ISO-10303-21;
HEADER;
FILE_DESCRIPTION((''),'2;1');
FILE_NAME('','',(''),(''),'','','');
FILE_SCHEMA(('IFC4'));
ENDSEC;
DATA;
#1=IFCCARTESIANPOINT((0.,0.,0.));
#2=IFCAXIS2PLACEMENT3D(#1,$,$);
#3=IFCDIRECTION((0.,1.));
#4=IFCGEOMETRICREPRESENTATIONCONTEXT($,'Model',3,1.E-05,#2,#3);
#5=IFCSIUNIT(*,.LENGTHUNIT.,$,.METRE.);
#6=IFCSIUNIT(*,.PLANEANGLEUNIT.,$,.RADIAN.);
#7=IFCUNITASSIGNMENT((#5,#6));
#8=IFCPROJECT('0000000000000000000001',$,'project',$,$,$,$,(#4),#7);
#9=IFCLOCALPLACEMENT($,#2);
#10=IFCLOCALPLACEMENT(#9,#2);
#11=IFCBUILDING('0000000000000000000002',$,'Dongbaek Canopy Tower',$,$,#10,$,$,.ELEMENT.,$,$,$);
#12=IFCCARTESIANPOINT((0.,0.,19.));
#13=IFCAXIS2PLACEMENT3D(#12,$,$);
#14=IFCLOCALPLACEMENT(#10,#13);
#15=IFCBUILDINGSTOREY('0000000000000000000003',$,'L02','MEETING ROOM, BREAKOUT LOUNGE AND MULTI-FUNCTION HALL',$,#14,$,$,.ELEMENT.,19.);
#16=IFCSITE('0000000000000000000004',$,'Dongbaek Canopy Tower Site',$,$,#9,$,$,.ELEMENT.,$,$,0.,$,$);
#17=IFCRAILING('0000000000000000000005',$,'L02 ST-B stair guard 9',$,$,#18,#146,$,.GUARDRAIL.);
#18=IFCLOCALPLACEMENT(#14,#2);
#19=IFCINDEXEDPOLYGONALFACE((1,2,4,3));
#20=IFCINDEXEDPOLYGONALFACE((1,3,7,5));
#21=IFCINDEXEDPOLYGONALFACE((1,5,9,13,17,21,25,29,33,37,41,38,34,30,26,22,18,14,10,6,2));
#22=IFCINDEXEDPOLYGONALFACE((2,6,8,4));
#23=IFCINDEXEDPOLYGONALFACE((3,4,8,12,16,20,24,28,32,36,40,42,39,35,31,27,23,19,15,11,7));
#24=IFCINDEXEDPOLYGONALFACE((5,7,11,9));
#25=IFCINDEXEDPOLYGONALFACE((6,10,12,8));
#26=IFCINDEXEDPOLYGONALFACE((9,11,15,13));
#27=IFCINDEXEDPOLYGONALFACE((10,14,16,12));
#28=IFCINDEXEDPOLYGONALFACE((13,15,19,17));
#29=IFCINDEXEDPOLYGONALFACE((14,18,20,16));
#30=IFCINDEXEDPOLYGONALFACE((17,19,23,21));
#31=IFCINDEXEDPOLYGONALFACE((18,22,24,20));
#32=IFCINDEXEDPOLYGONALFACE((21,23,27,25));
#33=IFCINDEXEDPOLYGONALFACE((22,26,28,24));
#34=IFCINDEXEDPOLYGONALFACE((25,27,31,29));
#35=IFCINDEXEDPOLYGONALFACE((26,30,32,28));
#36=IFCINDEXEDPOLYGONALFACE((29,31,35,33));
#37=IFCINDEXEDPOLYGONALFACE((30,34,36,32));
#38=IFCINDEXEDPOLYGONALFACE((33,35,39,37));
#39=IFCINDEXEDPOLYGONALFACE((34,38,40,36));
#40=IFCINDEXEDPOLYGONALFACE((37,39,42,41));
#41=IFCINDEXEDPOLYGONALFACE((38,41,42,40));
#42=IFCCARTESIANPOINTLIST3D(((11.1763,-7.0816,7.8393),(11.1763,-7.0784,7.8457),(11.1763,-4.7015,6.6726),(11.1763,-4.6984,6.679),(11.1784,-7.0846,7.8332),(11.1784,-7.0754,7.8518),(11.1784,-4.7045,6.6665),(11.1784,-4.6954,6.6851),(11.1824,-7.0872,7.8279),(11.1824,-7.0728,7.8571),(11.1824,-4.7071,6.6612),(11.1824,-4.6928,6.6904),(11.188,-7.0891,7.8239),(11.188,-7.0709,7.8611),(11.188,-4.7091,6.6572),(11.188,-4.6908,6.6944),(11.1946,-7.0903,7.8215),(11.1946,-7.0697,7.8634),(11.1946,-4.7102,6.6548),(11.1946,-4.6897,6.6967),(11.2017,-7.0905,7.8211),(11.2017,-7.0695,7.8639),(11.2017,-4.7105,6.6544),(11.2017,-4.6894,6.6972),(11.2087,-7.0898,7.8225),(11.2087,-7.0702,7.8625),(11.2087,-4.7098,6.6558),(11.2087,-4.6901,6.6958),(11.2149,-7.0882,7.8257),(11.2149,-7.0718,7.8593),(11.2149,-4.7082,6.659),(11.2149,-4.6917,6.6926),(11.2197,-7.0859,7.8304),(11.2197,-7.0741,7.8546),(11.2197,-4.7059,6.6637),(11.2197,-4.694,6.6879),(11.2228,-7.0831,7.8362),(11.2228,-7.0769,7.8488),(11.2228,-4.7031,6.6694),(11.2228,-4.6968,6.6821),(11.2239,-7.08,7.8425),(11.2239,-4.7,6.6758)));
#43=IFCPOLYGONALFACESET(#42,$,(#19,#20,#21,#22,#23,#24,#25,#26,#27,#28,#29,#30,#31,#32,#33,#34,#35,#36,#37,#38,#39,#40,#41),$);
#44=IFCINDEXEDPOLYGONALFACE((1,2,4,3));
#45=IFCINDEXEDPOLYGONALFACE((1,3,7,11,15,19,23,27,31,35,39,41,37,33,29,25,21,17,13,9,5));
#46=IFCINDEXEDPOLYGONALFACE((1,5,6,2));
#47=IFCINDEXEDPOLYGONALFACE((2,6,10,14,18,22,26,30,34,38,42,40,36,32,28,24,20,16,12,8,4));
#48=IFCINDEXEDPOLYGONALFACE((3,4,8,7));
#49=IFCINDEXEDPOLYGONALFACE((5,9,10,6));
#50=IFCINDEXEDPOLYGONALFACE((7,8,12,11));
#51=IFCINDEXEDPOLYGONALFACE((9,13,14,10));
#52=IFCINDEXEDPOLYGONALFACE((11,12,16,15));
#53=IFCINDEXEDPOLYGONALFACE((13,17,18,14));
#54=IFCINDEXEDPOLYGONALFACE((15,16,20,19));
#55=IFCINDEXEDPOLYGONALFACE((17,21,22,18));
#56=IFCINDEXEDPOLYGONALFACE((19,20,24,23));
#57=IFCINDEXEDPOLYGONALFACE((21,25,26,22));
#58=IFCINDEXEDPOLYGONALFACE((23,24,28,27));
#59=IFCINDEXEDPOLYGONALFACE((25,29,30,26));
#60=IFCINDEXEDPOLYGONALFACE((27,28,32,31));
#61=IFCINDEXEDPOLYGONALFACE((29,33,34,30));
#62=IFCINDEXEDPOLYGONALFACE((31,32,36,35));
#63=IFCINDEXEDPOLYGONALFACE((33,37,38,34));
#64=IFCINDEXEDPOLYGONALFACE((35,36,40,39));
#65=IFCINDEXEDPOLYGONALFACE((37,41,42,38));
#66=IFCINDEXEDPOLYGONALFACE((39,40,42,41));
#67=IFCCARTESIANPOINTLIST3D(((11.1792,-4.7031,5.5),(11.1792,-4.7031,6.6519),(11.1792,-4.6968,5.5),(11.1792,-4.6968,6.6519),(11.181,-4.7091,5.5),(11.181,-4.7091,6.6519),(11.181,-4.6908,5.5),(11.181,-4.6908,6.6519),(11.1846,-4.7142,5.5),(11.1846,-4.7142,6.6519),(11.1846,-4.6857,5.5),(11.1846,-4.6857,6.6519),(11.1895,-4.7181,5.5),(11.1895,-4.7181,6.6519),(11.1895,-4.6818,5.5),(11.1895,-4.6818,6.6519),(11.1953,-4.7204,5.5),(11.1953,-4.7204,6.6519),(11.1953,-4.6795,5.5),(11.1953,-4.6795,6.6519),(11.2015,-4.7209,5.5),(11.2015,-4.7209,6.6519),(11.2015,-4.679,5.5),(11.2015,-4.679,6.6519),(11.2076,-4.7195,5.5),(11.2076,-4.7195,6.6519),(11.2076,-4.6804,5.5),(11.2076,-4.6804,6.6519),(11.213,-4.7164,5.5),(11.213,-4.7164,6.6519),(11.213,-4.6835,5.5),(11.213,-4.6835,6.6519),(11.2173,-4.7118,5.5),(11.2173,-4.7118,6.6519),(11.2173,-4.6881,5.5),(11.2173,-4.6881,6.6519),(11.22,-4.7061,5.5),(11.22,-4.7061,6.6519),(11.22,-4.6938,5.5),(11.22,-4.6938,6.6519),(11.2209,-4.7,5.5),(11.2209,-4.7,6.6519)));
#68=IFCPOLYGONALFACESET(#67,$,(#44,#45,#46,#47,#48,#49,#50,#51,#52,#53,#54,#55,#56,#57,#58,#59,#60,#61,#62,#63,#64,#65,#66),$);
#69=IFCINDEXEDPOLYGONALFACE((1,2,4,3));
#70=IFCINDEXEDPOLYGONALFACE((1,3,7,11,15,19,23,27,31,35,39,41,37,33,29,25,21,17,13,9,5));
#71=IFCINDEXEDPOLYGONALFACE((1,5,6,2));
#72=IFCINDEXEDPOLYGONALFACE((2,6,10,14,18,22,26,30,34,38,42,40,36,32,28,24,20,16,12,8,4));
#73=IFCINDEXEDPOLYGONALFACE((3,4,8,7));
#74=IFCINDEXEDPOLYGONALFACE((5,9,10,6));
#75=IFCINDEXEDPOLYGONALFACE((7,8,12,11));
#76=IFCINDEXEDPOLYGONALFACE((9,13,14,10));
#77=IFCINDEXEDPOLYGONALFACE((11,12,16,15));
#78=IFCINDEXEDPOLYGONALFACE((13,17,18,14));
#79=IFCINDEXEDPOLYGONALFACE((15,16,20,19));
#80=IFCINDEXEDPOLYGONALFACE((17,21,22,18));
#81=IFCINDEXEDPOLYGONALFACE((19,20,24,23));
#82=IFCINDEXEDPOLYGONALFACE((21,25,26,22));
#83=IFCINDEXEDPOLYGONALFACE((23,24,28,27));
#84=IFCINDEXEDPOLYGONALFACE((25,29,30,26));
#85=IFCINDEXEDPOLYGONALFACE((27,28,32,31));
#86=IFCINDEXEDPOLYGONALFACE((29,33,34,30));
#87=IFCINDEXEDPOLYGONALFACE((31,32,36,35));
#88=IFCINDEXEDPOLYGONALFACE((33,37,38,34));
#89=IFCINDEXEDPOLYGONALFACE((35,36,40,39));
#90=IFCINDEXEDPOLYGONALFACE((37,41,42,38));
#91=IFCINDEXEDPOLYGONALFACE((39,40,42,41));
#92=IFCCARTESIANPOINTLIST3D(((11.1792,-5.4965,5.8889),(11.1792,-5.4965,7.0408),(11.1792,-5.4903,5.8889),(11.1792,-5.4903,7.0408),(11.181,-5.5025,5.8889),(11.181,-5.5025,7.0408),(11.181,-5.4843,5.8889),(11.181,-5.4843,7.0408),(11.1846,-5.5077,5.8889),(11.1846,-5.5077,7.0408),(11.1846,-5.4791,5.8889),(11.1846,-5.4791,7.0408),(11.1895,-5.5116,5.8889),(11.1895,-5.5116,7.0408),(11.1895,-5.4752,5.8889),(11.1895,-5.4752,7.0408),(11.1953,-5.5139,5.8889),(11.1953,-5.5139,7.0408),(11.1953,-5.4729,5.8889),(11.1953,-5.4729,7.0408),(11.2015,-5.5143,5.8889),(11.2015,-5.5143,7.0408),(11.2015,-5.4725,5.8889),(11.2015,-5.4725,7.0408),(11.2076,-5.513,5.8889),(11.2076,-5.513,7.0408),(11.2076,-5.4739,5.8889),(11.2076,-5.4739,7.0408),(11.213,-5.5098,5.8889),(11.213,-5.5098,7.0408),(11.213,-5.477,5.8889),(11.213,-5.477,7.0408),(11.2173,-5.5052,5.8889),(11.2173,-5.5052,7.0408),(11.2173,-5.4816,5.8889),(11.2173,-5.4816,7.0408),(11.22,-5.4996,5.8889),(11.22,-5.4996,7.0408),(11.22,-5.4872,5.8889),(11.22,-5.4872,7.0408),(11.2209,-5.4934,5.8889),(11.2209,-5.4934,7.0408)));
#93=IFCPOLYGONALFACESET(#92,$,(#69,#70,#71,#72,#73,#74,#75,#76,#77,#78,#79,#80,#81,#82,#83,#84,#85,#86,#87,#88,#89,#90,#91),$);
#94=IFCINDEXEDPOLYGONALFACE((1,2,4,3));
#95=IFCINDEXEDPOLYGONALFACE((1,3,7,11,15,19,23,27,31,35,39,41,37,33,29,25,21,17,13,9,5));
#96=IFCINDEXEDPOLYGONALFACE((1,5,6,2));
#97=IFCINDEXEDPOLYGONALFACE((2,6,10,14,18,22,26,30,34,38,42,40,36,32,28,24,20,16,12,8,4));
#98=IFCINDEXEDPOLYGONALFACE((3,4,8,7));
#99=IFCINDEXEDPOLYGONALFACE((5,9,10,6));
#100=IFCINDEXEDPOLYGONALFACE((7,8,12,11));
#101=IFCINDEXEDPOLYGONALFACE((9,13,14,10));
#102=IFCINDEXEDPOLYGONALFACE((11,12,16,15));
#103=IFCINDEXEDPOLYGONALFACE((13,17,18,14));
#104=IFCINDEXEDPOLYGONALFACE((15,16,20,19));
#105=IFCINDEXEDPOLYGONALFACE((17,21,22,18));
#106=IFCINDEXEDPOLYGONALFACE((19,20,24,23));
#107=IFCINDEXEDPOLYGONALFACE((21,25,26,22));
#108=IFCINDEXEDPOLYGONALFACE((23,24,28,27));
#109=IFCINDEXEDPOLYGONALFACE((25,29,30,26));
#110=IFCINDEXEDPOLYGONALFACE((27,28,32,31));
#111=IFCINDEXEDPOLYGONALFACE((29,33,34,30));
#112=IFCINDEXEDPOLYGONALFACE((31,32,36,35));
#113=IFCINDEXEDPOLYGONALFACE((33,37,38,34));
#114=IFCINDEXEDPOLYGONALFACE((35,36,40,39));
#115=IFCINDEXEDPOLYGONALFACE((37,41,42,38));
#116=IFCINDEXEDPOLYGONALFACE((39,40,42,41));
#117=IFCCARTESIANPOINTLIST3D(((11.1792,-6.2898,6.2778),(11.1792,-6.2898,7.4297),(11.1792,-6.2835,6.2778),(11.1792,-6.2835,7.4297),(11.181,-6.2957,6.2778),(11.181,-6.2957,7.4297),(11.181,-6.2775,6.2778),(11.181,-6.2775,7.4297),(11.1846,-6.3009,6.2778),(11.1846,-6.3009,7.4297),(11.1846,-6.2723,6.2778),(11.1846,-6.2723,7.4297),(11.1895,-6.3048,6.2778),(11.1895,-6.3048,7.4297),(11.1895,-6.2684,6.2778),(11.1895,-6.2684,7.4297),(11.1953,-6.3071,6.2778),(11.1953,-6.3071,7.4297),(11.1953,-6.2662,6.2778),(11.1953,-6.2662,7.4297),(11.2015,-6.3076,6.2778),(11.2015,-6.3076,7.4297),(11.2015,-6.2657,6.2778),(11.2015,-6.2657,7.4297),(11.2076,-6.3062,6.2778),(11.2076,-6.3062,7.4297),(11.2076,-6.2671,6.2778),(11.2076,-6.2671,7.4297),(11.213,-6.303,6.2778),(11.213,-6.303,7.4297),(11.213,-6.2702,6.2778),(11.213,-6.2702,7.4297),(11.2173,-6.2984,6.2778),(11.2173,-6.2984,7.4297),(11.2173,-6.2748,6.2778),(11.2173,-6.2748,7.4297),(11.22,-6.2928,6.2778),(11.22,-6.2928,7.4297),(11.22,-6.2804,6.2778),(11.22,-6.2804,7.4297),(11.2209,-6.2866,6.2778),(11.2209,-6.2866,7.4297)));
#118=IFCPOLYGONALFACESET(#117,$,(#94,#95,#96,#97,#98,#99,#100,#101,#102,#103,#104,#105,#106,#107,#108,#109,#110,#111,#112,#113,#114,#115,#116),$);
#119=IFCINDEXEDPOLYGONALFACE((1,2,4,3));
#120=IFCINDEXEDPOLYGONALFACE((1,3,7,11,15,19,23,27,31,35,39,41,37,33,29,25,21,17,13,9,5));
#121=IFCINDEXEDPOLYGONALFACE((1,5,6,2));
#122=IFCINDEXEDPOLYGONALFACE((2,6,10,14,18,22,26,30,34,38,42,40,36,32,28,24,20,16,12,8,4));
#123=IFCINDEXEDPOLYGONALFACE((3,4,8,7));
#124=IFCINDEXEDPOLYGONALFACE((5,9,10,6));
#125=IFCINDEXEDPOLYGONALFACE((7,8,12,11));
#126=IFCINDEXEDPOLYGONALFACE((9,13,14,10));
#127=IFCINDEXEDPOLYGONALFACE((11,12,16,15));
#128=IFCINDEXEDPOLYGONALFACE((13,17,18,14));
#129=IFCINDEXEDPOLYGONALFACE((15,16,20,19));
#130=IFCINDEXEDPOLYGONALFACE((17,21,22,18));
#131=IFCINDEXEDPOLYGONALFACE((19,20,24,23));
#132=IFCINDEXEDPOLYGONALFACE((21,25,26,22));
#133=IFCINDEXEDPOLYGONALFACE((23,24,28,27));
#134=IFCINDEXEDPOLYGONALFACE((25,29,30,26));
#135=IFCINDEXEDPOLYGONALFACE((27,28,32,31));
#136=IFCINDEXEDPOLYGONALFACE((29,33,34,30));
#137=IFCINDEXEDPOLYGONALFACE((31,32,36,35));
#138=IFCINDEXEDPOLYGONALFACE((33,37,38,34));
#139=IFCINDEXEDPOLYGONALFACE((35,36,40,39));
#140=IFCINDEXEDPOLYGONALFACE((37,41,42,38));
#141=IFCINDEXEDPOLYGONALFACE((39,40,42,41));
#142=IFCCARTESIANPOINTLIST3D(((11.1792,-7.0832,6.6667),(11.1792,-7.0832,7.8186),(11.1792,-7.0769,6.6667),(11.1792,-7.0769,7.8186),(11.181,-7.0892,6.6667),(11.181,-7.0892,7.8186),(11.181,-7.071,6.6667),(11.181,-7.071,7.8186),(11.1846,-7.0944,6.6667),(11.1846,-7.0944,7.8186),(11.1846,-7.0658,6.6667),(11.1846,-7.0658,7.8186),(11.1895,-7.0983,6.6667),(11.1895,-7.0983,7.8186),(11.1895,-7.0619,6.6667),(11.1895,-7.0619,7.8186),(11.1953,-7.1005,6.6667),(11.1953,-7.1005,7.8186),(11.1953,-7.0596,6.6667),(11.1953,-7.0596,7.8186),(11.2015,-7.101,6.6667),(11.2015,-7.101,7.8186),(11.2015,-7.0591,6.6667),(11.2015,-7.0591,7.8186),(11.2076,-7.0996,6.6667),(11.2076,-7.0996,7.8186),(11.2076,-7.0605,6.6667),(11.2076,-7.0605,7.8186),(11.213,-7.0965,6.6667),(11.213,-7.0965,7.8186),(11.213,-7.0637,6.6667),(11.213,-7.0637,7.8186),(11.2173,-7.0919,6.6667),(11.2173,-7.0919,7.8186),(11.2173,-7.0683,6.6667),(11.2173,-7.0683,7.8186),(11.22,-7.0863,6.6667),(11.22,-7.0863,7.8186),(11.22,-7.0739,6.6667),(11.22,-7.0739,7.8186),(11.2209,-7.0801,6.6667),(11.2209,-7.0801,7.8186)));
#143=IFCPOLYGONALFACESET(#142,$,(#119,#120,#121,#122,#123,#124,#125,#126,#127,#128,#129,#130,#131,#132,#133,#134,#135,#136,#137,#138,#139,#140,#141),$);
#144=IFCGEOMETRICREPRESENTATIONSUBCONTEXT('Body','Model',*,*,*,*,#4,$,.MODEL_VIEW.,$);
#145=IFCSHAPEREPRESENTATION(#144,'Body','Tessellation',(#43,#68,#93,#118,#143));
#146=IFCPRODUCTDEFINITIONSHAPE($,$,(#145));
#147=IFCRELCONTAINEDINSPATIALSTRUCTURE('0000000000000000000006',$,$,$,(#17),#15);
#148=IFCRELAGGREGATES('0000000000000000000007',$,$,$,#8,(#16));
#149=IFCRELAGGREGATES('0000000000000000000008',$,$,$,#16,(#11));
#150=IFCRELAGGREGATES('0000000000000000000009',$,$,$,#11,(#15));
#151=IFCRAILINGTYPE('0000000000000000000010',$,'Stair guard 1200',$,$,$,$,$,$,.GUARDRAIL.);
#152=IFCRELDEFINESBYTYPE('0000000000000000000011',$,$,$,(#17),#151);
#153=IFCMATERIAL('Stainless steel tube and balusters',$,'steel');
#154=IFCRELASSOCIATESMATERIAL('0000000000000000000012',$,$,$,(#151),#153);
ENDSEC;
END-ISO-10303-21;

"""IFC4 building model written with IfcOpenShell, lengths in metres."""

from ifc_helpers import new_model, si_unit, direction, frame, origin, origin_2d, place, context, subcontext, project, spatial, circle, extrude, material, type_object, element, save


model = new_model("IFC4")

# Units and contexts
model_context = context("Model", 3, precision=1e-05, world=origin(), true_north=direction((0.0, 1.0)))
body_context = subcontext(model_context, "Body", "Model", "MODEL_VIEW")
ifc_project = project(units=[si_unit("LENGTHUNIT", "METRE"), si_unit("PLANEANGLEUNIT", "RADIAN")], contexts=[model_context])

# Site, building, storey
site_placement = place(None, origin())
site = spatial("IfcSite", under=ifc_project, at=site_placement, Name="Dongbaek Canopy Tower Site", CompositionType="ELEMENT", RefElevation=0.0)
building_placement = place(site_placement, origin())
building = spatial("IfcBuilding", under=site, at=building_placement, Name="Dongbaek Canopy Tower", CompositionType="ELEMENT")
storey_placement = place(building_placement, frame((0.0, 0.0, 19.0)))
storey = spatial("IfcBuildingStorey", under=building, at=storey_placement, Name="L02", Description="MEETING ROOM, BREAKOUT LOUNGE AND MULTI-FUNCTION HALL", CompositionType="ELEMENT", Elevation=19.0)

# Railing
ifc_material_1 = material(Name="Stainless steel tube and balusters", Category="steel")
railing_type_1 = type_object("IfcRailingType", Name="Stair guard 1200", PredefinedType="GUARDRAIL", material=ifc_material_1)
railing_1_placement = place(storey_placement, frame((11.2, -4.7, 5.5)))
element("IfcRailing", 1, at=railing_1_placement, inside=storey, type_object=railing_type_1, Name="L02 ST-B stair guard 9", PredefinedType="GUARDRAIL", context=body_context, shape_type="SweptSolid", body=[
    extrude(circle(Radius=0.0239, at=origin_2d()), frame((0.0, 0.0, 1.1758), z_axis=(0.0, -0.897918, 0.440163), x_axis=(1.0, 0.0, 0.0)), (0.0, 0.0, 1.0), 2.6506),
    extrude(circle(Radius=0.021, at=origin_2d()), origin(), (0.0, 0.0, 1.0), 1.1519),
    extrude(circle(Radius=0.021, at=origin_2d()), frame((0.0, -0.7935, 0.3889)), (0.0, 0.0, 1.0), 1.1519),
    extrude(circle(Radius=0.021, at=origin_2d()), frame((0.0, -1.5867, 0.7778)), (0.0, 0.0, 1.0), 1.1519),
    extrude(circle(Radius=0.021, at=origin_2d()), frame((0.0, -2.3801, 1.1667)), (0.0, 0.0, 1.0), 1.1519),
])

save(model, "model.ifc")
